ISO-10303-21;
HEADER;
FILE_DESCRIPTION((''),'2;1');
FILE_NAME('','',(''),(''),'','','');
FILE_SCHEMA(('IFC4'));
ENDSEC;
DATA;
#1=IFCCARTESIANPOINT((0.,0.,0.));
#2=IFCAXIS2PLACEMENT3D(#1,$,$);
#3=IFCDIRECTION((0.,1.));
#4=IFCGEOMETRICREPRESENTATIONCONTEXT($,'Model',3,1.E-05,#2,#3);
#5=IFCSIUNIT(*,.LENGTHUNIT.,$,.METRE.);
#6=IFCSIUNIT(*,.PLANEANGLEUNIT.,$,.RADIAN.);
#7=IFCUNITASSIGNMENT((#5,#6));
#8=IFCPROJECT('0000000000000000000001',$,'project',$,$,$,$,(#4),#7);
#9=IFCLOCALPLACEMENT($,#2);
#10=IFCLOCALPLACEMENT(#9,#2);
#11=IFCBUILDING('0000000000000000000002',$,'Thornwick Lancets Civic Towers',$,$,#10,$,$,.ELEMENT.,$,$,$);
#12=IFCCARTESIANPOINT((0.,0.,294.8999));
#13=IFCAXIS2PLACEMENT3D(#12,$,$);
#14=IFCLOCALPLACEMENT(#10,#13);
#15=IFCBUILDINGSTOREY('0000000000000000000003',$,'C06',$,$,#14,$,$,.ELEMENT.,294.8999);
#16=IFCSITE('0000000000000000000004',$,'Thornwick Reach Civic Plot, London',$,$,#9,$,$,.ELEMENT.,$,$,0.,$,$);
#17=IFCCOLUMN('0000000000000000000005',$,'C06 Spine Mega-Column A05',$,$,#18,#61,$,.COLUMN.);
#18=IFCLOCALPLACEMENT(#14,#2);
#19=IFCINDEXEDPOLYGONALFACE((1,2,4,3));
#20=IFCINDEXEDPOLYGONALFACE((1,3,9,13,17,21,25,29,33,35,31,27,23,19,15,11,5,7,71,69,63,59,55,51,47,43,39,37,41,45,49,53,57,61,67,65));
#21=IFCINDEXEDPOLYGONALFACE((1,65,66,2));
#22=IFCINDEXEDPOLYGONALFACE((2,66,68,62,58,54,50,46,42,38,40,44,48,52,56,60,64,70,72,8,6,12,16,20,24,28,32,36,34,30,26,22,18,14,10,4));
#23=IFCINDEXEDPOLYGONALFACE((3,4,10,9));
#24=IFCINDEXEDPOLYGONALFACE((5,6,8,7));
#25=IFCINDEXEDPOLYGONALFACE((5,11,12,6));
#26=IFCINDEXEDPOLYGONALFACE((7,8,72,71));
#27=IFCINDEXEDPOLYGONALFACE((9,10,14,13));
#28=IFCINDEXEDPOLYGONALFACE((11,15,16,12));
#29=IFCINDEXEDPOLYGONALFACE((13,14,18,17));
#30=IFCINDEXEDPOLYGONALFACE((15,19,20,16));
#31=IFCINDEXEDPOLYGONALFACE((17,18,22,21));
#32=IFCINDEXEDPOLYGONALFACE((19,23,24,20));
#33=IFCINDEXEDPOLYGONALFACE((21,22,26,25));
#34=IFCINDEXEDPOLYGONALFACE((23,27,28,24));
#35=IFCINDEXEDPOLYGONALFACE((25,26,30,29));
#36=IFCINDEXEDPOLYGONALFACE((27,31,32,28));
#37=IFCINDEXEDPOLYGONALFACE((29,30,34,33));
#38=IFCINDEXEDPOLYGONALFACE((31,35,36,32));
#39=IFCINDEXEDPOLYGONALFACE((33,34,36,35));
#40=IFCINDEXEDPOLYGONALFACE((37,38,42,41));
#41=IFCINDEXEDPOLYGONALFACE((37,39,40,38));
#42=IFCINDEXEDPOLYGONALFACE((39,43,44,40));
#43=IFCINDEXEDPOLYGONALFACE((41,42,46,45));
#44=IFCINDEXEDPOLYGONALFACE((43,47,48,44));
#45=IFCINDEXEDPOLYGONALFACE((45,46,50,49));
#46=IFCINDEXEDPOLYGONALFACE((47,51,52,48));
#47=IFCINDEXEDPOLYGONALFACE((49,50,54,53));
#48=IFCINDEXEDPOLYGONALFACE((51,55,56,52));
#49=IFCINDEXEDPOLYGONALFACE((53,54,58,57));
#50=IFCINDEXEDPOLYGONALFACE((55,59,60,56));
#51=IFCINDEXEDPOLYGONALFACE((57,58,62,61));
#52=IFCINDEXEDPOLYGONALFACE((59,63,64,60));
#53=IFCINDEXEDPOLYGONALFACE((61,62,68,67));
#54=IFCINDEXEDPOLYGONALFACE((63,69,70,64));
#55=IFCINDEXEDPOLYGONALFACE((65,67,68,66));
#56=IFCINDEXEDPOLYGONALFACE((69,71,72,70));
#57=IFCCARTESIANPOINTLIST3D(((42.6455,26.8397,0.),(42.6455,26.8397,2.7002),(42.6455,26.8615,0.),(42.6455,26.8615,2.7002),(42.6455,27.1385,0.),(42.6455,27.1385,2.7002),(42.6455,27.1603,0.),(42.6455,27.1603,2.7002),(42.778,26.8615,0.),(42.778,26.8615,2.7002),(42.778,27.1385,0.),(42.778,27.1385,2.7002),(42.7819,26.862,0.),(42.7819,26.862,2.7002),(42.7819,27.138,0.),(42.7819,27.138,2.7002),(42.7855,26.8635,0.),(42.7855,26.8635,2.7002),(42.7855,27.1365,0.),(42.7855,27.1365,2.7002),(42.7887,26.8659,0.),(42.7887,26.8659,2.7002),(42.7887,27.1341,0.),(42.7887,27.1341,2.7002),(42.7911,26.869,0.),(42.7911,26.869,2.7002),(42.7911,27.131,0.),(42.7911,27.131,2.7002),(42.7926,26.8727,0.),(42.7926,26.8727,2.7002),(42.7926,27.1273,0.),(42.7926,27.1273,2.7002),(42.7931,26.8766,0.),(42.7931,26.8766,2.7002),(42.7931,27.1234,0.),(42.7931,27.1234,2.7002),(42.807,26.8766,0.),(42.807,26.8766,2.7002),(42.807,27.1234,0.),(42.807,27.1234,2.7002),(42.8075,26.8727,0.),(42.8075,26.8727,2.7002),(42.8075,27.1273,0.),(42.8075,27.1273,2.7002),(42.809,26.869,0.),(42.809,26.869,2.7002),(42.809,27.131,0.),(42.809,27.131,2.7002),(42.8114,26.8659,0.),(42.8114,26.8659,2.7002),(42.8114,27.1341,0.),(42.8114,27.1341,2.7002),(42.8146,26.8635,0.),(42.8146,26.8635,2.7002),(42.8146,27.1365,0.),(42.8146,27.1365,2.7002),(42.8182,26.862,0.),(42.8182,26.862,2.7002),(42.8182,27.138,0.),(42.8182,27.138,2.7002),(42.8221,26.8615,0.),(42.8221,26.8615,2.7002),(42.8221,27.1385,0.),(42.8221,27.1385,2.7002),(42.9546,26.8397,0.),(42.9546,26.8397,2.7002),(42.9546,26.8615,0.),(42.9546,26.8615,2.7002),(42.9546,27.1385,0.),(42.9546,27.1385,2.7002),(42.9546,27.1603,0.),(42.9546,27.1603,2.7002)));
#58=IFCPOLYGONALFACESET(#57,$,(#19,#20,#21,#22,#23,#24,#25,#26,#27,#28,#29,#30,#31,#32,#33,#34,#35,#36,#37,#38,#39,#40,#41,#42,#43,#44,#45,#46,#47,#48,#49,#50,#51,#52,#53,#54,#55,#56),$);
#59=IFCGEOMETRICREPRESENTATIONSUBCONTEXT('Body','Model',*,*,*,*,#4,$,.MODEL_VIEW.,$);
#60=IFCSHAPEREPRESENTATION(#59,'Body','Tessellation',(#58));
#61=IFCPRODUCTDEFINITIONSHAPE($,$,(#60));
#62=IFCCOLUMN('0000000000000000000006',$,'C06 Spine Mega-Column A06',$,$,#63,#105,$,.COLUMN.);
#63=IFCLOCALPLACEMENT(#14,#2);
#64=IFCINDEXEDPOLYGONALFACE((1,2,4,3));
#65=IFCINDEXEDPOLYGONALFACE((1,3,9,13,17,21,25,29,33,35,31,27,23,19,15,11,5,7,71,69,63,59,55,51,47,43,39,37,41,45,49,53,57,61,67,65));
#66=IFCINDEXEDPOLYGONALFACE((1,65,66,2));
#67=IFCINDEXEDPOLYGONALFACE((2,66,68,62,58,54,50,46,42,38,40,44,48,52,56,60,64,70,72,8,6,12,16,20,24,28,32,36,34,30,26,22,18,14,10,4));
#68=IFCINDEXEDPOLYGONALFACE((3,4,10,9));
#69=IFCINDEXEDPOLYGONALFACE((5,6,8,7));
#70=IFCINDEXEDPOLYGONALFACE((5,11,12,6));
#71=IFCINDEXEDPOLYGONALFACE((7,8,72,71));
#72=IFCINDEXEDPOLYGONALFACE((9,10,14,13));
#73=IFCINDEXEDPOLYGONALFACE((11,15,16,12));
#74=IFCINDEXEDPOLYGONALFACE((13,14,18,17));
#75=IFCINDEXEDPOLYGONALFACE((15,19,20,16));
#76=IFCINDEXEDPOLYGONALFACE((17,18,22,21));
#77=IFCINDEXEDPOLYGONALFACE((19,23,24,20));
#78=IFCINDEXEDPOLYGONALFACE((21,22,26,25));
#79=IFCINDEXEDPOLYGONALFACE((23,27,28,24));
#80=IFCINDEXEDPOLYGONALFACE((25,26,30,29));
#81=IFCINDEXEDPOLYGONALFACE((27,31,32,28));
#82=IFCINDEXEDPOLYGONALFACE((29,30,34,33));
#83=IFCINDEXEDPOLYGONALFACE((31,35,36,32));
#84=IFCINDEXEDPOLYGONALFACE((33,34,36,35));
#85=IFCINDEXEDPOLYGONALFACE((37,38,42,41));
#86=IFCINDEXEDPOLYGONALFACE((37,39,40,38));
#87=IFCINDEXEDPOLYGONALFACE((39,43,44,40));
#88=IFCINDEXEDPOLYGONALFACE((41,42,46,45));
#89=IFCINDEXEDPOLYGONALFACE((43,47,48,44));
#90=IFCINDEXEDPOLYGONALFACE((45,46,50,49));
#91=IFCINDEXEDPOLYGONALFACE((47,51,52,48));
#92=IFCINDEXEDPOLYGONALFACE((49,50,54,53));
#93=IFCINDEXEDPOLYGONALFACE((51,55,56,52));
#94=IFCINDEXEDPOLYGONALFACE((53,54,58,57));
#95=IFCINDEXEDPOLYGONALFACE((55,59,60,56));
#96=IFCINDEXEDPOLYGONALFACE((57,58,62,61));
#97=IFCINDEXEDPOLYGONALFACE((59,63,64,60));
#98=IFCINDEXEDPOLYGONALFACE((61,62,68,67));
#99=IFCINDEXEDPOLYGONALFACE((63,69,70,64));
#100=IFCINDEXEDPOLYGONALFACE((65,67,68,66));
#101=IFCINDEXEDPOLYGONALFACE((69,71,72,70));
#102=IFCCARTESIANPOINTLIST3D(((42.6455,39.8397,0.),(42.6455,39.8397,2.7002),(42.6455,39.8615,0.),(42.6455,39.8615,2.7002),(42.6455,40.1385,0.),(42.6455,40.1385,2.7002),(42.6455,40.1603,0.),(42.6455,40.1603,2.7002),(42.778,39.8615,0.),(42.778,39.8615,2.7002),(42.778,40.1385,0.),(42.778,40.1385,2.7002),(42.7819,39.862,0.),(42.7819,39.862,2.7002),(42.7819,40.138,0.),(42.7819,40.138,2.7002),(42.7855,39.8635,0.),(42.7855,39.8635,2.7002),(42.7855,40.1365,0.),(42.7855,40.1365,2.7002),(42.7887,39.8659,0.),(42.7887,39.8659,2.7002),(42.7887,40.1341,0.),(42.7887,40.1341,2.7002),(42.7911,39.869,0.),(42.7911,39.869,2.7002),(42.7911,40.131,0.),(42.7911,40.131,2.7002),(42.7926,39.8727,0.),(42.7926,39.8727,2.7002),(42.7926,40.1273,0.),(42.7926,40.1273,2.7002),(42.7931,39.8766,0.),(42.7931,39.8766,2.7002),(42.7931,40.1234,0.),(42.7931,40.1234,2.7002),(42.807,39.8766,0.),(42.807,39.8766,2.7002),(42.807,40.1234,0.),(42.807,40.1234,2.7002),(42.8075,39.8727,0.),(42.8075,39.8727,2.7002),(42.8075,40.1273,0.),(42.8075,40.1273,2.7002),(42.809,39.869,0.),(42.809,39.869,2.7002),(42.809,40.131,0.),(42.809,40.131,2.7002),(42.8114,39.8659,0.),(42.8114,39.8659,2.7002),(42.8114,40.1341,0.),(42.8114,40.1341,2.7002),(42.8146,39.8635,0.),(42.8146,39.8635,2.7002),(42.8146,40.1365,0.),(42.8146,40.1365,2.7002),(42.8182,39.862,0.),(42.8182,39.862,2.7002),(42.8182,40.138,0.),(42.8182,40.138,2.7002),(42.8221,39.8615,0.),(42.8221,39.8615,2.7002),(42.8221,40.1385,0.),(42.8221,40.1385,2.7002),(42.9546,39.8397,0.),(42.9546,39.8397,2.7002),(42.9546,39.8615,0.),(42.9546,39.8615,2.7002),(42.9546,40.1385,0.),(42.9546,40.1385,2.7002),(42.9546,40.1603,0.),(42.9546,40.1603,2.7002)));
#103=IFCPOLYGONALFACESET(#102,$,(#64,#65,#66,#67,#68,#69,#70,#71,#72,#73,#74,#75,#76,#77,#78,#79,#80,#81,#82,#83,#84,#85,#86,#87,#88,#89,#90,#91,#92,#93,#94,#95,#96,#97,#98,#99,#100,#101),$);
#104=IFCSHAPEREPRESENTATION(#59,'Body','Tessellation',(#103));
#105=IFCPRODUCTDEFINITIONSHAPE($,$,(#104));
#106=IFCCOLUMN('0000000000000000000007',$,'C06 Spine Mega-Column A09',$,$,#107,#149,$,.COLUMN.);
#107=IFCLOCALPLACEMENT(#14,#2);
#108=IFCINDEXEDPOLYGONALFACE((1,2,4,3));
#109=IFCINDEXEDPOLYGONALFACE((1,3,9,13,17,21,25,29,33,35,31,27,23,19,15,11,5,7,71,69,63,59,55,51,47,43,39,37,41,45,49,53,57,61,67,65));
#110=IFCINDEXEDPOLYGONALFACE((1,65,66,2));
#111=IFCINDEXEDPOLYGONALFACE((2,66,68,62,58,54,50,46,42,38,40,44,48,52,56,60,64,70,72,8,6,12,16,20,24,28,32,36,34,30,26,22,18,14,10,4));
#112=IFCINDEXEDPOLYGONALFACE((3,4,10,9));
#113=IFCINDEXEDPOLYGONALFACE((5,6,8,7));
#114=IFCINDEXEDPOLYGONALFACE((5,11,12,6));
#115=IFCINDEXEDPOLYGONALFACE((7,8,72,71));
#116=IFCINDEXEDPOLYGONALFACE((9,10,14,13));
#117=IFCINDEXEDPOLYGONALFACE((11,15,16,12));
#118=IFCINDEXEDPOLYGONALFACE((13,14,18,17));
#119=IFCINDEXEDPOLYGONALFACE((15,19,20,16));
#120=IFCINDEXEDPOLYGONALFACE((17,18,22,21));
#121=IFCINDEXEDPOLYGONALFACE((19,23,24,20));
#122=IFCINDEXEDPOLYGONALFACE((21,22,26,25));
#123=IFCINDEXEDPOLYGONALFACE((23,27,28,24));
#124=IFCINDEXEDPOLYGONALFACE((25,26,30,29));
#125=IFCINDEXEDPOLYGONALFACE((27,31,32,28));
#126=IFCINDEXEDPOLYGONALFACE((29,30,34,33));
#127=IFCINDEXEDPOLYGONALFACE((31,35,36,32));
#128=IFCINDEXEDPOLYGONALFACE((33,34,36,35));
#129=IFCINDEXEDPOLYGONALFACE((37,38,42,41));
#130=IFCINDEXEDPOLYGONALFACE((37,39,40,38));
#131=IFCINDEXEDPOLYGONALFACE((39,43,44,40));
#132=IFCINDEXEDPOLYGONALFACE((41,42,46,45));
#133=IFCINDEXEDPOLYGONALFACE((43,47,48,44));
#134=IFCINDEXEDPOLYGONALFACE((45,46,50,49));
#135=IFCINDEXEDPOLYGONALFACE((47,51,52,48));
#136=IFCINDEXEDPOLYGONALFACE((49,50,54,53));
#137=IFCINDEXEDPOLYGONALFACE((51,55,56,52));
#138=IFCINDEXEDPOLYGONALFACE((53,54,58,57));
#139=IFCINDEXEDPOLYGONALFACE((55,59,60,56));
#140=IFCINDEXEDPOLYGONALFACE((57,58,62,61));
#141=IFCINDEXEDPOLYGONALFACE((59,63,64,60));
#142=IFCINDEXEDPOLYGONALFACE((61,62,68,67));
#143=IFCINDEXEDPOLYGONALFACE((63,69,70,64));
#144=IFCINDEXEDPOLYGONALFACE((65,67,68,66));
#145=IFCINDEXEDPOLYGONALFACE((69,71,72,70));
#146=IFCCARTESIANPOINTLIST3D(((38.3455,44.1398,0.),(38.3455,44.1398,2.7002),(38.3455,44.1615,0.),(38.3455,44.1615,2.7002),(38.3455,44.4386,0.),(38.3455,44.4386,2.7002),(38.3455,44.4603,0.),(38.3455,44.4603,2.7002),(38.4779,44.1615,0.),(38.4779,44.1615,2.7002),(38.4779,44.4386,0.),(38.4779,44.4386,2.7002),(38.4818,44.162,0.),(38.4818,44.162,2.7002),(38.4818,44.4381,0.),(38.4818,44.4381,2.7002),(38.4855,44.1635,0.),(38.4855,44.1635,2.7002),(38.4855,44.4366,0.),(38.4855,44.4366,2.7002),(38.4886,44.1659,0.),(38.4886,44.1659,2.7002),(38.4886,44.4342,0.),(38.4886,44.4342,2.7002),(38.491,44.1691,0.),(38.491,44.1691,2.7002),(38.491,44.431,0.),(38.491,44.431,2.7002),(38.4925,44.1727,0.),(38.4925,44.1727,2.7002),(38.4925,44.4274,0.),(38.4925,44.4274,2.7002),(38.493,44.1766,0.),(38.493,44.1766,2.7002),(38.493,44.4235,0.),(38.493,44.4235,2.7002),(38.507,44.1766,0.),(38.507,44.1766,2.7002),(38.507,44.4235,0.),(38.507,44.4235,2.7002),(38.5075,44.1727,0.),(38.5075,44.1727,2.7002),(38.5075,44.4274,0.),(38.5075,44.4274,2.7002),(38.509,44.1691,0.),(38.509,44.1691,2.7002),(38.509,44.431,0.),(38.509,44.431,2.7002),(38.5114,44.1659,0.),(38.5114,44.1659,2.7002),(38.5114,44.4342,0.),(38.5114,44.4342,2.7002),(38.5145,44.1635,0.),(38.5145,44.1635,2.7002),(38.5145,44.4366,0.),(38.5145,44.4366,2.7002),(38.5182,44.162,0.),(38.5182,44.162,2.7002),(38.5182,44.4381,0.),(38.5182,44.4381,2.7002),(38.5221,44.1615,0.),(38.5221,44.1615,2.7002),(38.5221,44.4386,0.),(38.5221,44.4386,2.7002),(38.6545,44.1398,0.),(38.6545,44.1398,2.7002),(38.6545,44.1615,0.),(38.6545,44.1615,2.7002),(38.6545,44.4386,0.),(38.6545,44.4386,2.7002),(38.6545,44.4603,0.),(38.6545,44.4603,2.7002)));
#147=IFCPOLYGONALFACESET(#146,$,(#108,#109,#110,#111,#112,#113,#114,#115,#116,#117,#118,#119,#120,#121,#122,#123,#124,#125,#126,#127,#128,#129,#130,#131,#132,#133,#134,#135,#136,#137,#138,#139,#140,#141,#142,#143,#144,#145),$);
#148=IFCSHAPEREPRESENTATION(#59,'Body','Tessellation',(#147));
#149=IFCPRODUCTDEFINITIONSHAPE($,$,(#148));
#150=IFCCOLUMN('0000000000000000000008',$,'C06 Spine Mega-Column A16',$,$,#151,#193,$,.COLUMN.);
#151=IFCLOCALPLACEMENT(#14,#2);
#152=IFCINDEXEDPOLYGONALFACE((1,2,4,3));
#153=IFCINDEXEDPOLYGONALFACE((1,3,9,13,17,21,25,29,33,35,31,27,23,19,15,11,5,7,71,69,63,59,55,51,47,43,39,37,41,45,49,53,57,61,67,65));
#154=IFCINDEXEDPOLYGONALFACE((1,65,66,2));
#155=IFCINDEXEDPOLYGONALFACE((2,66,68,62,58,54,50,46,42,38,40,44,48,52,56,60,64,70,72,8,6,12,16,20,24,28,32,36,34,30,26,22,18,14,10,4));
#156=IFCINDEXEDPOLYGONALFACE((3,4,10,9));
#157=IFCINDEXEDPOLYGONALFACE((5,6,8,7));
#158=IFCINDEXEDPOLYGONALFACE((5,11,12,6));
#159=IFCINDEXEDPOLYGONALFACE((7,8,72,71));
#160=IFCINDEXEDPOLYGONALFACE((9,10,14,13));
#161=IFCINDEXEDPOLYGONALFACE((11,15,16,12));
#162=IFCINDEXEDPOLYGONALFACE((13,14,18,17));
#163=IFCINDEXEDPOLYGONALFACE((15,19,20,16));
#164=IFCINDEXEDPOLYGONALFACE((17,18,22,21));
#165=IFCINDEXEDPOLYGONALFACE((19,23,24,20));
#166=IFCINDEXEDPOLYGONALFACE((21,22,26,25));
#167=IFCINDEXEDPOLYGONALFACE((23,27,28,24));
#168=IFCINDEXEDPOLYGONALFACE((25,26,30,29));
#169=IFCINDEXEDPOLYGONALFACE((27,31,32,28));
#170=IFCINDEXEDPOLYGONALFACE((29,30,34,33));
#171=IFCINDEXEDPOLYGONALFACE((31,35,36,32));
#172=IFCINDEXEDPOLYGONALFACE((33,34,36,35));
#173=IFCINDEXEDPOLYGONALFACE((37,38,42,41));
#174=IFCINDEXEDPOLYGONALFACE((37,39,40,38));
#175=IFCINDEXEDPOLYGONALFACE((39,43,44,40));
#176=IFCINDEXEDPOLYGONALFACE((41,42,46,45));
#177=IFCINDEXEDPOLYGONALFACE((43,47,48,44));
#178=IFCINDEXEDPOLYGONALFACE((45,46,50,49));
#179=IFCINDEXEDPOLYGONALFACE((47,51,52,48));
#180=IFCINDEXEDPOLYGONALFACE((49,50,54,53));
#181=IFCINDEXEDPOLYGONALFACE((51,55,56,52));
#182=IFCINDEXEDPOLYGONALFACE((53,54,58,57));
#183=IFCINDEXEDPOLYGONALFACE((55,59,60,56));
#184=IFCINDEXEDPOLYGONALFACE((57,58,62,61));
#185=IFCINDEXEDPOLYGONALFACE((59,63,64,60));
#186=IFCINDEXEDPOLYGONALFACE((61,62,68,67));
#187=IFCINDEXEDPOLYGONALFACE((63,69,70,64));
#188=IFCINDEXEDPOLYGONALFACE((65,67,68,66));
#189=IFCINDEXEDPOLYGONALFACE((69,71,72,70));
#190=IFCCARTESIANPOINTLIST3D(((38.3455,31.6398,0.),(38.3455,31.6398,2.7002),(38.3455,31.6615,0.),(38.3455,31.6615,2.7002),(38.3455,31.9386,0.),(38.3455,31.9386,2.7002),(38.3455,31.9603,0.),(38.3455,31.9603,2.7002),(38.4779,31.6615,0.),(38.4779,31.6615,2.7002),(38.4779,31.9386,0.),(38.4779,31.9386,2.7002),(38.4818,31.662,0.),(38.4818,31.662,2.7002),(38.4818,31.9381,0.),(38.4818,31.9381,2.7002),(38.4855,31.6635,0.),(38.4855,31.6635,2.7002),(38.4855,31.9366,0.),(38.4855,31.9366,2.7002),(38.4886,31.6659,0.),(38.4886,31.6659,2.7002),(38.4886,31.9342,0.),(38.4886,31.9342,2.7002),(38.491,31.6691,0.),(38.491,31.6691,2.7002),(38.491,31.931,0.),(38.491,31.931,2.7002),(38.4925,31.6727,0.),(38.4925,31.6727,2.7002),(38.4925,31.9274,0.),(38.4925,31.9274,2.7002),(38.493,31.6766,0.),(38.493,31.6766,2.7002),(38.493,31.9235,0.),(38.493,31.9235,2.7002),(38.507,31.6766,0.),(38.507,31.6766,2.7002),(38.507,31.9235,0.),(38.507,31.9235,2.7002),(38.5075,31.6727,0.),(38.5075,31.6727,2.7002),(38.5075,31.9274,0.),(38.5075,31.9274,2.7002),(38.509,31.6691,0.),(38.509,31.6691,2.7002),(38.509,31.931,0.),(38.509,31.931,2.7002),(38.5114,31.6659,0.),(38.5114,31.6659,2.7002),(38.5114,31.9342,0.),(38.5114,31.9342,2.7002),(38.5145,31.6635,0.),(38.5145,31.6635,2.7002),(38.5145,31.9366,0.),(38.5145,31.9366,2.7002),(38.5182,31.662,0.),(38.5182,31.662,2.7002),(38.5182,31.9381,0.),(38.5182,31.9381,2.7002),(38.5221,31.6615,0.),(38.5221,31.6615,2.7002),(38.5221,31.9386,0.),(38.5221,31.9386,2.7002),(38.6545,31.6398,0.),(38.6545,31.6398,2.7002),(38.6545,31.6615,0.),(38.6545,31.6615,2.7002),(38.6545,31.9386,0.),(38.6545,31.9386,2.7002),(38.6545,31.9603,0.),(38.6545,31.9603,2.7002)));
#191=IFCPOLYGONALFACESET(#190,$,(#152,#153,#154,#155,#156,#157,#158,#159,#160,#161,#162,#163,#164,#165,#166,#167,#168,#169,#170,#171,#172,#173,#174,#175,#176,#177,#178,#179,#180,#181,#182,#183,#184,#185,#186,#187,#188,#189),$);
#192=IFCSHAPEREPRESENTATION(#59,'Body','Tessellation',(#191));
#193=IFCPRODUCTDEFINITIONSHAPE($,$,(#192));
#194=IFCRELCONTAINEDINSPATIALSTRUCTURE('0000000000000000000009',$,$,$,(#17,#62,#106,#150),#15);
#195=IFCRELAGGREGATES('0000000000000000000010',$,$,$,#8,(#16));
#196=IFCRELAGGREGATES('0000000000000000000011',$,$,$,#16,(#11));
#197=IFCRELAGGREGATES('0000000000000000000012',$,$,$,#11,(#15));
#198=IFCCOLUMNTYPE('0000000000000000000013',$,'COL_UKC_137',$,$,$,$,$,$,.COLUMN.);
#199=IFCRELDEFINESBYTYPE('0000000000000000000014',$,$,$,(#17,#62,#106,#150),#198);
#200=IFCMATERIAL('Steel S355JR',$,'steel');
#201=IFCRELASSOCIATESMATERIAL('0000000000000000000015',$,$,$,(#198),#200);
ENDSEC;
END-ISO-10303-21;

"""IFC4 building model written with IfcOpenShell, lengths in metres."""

from ifc_helpers import new_model, si_unit, direction, frame, origin, origin_2d, place, context, subcontext, project, spatial, i_section, extrude, material, material_profile, profile_set, type_object, element, save


model = new_model("IFC4")

# Units and contexts
model_context = context("Model", 3, precision=1e-05, world=origin(), true_north=direction((0.0, 1.0)))
body_context = subcontext(model_context, "Body", "Model", "MODEL_VIEW")
ifc_project = project(units=[si_unit("LENGTHUNIT", "METRE"), si_unit("PLANEANGLEUNIT", "RADIAN")], contexts=[model_context])

# Site, building, storey
site_placement = place(None, origin())
site = spatial("IfcSite", under=ifc_project, at=site_placement, Name="Thornwick Reach Civic Plot, London", CompositionType="ELEMENT", RefElevation=0.0)
building_placement = place(site_placement, origin())
building = spatial("IfcBuilding", under=site, at=building_placement, Name="Thornwick Lancets Civic Towers", CompositionType="ELEMENT")
storey_placement = place(building_placement, frame((0.0, 0.0, 294.8999)))
storey = spatial("IfcBuildingStorey", under=building, at=storey_placement, Name="C06", CompositionType="ELEMENT", Elevation=294.8999)

# Columns
ifc_material_1 = material(Name="Steel S355JR", Category="steel")
ifc_material_profile_1 = material_profile(ifc_material_1, i_section(OverallWidth=0.3091, OverallDepth=0.3206, WebThickness=0.0139, FlangeThickness=0.0217, FilletRadius=0.0151, at=origin_2d()), Name="UKC 305x305x137")
ifc_profile_set_1 = profile_set([ifc_material_profile_1], Name="Steel S355JR")
column_type_1 = type_object("IfcColumnType", Name="COL_UKC_137", PredefinedType="COLUMN", material=ifc_profile_set_1)
for number, where, z_axis, x_axis, name in (
    (1, (42.8, 27.0, 0.0), (0.0, 0.0, 1.0), (1.0, 0.0, 0.0), "C06 Spine Mega-Column A05"),
    (2, (42.8, 40.0, 0.0), (0.0, 0.0, 1.0), (1.0, 0.0, 0.0), "C06 Spine Mega-Column A06"),
    (3, (38.5, 44.3, 0.0), (0.0, 0.0, 1.0), (1.0, 0.0, 0.0), "C06 Spine Mega-Column A09"),
    (4, (38.5, 31.8, 0.0), (0.0, 0.0, 1.0), (1.0, 0.0, 0.0), "C06 Spine Mega-Column A16"),
):
    element("IfcColumn", number, at=place(storey_placement, frame(where, z_axis=z_axis, x_axis=x_axis)), inside=storey, type_object=column_type_1, Name=name, PredefinedType="COLUMN", context=body_context, shape_type="SweptSolid", body=[
        extrude(i_section(OverallWidth=0.3091, OverallDepth=0.3206, WebThickness=0.0139, FlangeThickness=0.0217, FilletRadius=0.0151, at=origin_2d()), origin(), (0.0, 0.0, 1.0), 2.7002),
    ])

save(model, "model.ifc")
